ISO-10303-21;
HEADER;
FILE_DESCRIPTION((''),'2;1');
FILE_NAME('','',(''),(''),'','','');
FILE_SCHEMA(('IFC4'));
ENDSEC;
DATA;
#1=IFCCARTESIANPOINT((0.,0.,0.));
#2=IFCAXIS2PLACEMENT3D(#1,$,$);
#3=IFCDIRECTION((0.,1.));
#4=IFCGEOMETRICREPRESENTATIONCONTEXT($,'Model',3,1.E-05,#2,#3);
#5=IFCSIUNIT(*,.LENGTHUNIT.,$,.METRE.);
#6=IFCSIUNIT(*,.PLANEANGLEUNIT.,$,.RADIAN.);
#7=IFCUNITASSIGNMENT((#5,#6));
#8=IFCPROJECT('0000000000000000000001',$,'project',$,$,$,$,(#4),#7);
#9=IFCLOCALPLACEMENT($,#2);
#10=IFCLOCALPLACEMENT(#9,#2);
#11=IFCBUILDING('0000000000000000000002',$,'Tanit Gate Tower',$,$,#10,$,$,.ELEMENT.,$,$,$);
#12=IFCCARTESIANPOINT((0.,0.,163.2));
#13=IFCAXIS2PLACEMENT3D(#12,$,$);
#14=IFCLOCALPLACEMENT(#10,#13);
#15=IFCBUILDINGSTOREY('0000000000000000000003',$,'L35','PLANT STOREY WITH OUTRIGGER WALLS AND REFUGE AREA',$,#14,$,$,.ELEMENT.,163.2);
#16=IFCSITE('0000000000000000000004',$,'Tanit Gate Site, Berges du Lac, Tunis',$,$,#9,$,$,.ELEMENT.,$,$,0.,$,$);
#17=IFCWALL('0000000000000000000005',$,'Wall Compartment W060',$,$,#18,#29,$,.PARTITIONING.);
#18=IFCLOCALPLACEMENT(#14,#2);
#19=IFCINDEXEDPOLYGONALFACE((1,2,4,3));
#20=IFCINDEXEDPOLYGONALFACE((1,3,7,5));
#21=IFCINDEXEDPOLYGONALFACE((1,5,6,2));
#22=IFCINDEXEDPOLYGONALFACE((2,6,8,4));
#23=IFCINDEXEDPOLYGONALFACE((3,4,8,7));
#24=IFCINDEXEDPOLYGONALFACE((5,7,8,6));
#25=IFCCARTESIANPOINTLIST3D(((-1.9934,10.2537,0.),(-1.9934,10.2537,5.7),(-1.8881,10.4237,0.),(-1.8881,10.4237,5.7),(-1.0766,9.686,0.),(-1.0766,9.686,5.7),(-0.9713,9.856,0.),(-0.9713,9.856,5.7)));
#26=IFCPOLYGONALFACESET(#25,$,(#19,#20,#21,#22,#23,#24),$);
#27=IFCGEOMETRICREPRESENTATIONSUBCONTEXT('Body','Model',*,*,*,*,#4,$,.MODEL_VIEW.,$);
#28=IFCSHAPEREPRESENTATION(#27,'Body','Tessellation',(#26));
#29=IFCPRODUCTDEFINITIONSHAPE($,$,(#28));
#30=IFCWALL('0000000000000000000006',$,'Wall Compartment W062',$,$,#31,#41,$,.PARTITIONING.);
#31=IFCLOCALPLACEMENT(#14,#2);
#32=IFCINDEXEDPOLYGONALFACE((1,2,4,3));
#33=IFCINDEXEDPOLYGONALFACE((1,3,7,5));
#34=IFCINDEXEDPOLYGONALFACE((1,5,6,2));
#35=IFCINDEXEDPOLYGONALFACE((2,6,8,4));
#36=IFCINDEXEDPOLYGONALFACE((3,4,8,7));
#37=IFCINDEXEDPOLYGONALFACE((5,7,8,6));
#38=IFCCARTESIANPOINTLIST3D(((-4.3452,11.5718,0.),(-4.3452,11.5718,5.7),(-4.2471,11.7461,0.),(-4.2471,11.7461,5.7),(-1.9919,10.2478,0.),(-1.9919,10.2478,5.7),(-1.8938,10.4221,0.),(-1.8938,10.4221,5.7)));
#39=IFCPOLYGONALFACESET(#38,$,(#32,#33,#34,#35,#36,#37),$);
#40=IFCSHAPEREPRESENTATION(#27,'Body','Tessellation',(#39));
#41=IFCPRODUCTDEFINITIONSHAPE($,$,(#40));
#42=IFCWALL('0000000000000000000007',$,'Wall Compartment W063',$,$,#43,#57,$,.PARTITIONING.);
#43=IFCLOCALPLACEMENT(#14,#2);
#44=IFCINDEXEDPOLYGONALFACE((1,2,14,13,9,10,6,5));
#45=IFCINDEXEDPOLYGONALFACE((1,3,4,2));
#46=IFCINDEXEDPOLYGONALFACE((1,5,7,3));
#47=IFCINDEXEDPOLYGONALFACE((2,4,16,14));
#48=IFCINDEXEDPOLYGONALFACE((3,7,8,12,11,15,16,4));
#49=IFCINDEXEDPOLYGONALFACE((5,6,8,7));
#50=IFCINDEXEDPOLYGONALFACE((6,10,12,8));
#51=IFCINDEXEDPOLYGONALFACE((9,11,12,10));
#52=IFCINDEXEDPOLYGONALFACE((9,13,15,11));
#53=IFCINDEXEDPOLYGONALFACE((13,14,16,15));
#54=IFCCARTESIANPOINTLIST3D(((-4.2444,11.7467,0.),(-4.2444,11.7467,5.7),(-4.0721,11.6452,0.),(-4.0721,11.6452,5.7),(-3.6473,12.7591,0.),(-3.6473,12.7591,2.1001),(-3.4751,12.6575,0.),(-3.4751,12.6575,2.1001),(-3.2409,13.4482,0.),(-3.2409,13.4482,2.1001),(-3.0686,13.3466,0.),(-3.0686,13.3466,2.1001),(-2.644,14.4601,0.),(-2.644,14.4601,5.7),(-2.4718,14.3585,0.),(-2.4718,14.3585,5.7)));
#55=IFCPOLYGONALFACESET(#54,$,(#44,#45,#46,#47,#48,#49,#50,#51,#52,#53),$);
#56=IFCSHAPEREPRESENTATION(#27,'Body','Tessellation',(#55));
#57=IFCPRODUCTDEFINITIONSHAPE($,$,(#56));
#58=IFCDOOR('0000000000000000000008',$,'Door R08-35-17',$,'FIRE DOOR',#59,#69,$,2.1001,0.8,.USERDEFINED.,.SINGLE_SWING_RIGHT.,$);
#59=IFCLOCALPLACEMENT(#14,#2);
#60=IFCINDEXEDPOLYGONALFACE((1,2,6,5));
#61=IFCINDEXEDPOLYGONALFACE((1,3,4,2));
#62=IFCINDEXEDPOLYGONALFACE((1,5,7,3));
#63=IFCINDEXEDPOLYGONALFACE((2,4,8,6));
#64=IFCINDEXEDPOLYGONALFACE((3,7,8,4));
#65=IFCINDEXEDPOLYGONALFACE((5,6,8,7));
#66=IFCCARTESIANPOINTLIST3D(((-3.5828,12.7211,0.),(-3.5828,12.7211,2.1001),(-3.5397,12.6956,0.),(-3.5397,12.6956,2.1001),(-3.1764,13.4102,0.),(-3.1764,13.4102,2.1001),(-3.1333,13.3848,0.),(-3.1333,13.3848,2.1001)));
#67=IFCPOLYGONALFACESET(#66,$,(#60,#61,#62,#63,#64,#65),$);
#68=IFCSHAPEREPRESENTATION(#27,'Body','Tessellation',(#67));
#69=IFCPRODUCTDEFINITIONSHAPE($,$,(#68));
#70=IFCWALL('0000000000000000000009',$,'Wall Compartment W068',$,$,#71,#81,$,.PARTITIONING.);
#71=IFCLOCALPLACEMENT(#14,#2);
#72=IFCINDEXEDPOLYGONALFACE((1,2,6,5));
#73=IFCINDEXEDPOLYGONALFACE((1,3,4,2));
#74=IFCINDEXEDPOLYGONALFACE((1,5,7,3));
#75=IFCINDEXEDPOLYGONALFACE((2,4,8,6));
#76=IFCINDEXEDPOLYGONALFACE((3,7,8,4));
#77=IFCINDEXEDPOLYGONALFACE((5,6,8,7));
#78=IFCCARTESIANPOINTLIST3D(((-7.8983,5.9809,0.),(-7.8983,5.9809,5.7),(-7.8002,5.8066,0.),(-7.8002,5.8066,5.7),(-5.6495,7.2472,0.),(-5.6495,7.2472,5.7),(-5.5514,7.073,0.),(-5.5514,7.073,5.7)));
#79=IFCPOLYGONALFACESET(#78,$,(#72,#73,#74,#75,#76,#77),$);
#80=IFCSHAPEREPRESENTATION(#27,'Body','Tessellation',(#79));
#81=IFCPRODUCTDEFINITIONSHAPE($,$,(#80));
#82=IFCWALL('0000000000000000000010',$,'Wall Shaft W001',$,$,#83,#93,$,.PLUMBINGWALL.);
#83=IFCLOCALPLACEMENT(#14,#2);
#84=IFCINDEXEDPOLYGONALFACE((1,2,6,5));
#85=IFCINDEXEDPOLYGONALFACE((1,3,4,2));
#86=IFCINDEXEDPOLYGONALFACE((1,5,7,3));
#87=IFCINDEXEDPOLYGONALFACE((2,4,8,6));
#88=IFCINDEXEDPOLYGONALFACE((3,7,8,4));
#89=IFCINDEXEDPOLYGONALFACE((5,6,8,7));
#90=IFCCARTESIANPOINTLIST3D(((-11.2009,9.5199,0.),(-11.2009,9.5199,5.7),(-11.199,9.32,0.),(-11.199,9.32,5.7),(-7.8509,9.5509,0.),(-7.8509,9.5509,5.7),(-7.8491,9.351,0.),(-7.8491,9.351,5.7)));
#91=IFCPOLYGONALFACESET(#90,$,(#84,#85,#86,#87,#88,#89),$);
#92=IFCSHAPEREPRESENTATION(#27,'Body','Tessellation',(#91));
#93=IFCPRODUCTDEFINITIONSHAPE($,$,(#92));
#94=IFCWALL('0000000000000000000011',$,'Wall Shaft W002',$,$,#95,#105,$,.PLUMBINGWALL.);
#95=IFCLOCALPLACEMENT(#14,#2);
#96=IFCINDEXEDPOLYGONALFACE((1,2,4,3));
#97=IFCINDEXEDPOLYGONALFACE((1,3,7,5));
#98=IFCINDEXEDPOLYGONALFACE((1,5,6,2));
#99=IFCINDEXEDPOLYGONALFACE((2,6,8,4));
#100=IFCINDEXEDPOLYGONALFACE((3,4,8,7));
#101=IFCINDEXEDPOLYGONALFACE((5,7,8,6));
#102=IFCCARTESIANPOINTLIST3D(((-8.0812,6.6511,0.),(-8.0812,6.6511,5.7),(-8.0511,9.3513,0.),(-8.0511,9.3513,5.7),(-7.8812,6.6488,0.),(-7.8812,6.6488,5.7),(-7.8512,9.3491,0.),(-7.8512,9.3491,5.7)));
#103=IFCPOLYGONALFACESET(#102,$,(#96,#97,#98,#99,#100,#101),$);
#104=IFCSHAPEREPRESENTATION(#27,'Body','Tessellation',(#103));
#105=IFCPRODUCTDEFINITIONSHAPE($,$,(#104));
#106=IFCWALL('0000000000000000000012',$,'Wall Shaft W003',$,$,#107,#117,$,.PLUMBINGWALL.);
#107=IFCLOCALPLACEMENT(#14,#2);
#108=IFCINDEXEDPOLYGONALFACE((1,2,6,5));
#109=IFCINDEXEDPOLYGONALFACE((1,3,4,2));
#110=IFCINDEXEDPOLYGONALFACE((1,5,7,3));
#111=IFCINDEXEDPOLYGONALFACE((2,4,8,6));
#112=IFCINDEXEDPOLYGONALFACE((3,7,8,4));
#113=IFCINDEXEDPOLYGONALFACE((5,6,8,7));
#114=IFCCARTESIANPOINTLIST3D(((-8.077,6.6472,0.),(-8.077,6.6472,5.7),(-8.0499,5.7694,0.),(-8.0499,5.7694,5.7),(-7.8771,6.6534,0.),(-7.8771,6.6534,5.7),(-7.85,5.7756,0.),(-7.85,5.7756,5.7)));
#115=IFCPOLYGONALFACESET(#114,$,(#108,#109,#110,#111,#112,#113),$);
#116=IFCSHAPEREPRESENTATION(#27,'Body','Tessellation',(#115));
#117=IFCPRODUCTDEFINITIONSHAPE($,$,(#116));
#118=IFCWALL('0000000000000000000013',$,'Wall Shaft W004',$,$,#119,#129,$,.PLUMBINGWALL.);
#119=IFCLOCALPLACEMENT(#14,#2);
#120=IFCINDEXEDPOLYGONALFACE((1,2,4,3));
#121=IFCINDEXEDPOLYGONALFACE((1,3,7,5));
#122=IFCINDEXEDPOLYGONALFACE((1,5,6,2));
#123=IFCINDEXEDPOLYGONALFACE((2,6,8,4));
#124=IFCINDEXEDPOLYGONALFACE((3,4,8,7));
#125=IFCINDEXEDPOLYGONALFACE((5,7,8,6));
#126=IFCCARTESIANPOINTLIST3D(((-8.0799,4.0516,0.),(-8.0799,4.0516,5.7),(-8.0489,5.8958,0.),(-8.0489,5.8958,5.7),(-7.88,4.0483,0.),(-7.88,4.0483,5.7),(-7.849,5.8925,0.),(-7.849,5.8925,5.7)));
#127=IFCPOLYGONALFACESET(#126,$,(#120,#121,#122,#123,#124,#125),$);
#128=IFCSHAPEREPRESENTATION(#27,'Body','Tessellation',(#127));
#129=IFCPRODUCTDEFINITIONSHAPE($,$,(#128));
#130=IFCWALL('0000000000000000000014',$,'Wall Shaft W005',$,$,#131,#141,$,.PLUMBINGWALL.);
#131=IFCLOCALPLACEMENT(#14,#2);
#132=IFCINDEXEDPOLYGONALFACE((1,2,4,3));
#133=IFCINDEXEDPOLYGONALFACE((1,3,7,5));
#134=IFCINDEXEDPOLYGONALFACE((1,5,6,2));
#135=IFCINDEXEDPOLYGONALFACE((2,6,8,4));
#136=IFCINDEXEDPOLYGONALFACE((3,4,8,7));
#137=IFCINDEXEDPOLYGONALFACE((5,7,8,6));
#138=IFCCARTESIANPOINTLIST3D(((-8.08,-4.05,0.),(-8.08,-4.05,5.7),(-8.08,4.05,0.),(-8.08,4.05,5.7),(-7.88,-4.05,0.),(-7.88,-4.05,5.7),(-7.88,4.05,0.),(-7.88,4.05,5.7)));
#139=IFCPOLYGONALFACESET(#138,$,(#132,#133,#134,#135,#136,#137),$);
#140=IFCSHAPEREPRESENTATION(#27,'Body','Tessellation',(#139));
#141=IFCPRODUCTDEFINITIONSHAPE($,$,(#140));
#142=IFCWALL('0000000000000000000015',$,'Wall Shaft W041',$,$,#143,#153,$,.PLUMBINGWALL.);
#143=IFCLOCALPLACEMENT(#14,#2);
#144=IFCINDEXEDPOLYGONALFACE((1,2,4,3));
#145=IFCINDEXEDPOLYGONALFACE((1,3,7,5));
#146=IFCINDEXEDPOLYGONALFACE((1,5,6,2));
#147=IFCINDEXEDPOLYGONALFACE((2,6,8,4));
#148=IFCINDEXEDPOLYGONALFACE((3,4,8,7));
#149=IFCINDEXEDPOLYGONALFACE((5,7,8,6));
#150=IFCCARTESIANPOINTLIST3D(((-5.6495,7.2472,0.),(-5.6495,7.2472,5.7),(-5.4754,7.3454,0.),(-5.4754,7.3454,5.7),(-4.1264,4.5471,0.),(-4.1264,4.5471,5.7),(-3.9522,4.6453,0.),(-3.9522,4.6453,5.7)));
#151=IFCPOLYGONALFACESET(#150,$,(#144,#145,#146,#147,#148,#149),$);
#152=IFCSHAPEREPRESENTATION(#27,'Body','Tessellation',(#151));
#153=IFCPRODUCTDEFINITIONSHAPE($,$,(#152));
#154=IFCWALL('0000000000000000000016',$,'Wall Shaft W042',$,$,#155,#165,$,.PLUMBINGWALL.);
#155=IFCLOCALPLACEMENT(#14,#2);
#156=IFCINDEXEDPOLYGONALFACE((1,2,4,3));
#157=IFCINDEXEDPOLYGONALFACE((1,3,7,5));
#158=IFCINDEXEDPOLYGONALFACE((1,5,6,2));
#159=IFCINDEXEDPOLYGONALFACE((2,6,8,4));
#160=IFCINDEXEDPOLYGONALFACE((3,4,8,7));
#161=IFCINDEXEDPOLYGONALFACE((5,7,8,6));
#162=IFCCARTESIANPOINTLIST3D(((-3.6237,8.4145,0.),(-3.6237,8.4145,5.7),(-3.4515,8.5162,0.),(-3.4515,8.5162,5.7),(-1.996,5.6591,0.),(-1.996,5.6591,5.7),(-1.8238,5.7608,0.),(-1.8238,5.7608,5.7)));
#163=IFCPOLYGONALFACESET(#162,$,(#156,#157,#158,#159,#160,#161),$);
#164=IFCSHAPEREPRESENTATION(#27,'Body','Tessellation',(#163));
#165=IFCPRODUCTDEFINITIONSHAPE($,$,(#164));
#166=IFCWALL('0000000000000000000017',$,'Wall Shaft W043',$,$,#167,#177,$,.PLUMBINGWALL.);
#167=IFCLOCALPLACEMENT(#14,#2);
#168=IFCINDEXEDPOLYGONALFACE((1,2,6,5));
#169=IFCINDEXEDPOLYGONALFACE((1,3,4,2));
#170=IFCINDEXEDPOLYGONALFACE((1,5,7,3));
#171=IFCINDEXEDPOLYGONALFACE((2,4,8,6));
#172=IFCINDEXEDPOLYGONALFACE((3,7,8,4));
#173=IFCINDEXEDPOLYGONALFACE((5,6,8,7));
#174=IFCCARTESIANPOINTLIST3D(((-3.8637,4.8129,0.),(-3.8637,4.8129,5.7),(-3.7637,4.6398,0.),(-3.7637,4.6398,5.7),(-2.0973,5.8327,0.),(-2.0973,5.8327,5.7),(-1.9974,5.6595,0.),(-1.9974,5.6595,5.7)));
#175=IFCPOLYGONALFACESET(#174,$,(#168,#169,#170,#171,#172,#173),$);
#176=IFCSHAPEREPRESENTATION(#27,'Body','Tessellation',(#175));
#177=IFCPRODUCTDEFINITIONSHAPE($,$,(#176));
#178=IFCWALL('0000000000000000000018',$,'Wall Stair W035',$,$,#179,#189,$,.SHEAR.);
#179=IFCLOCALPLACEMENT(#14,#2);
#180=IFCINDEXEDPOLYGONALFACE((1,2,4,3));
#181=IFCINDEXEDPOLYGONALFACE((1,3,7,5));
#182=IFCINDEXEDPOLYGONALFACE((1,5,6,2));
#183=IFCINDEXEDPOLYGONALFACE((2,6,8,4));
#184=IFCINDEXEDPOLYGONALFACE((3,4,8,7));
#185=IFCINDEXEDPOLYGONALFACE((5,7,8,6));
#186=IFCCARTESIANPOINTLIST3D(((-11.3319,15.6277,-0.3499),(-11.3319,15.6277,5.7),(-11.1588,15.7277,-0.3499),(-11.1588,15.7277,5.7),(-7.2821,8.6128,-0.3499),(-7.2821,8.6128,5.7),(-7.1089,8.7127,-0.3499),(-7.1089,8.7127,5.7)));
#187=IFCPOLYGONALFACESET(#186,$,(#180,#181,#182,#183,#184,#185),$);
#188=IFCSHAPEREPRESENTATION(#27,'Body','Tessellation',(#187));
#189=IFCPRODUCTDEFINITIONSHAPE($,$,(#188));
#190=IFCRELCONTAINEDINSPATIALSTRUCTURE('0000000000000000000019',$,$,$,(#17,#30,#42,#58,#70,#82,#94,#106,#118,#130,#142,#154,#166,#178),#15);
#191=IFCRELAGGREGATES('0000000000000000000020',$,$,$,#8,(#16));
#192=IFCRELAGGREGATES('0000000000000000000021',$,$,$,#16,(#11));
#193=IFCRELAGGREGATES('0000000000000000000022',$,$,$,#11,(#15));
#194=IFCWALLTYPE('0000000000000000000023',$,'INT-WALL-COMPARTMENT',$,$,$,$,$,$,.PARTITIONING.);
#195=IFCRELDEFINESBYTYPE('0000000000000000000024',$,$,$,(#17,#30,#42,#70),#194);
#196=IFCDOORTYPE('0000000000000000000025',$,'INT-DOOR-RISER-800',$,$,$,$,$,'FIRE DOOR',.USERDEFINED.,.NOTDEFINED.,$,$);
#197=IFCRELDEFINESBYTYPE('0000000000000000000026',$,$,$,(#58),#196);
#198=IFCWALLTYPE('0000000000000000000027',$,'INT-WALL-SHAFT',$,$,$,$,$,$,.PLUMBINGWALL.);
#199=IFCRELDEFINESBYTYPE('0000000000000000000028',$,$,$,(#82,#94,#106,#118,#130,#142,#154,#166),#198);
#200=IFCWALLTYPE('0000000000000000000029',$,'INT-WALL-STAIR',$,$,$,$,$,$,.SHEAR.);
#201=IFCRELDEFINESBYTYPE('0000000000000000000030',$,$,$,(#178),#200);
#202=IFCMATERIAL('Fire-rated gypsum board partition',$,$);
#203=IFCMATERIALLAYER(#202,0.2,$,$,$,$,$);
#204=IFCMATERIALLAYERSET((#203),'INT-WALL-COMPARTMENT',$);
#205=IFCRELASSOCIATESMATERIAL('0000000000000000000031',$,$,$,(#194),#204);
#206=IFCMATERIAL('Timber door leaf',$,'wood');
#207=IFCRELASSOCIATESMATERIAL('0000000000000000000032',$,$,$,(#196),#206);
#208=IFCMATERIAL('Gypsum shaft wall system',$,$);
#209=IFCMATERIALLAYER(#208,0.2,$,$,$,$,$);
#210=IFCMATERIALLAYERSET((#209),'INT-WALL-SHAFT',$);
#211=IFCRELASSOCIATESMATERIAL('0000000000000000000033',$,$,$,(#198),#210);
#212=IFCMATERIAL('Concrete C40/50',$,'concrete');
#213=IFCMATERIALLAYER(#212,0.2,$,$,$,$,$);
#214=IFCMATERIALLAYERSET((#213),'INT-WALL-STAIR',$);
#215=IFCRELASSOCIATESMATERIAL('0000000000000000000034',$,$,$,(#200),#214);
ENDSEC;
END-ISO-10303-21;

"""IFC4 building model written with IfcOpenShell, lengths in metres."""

from ifc_helpers import new_model, si_unit, direction, frame, frame_2d, origin, place, context, subcontext, project, spatial, rectangle, extrude, material, layer, layer_set, type_object, element, fill, save


model = new_model("IFC4")

# Units and contexts
model_context = context("Model", 3, precision=1e-05, world=origin(), true_north=direction((0.0, 1.0)))
body_context = subcontext(model_context, "Body", "Model", "MODEL_VIEW")
ifc_project = project(units=[si_unit("LENGTHUNIT", "METRE"), si_unit("PLANEANGLEUNIT", "RADIAN")], contexts=[model_context])

# Site, building, storey
site_placement = place(None, origin())
site = spatial("IfcSite", under=ifc_project, at=site_placement, Name="Tanit Gate Site, Berges du Lac, Tunis", CompositionType="ELEMENT", RefElevation=0.0)
building_placement = place(site_placement, origin())
building = spatial("IfcBuilding", under=site, at=building_placement, Name="Tanit Gate Tower", CompositionType="ELEMENT")
storey_placement = place(building_placement, frame((0.0, 0.0, 163.2)))
storey = spatial("IfcBuildingStorey", under=building, at=storey_placement, Name="L35", Description="PLANT STOREY WITH OUTRIGGER WALLS AND REFUGE AREA", CompositionType="ELEMENT", Elevation=163.2)

# Walls
ifc_material_1 = material(Name="Fire-rated gypsum board partition")
ifc_layer_1 = layer(ifc_material_1, 0.2)
ifc_layer_set_1 = layer_set([ifc_layer_1], Name="INT-WALL-COMPARTMENT")
wall_type_1 = type_object("IfcWallType", Name="INT-WALL-COMPARTMENT", PredefinedType="PARTITIONING", material=ifc_layer_set_1)
wall_1_placement = place(storey_placement, frame((-1.9407, 10.3386, 0.0), z_axis=(0.0, 0.0, 1.0), x_axis=(0.850217, -0.526433, 0.0)))
element("IfcWall", 1, at=wall_1_placement, inside=storey, type_object=wall_type_1, Name="Wall Compartment W060", PredefinedType="PARTITIONING", context=body_context, shape_type="SweptSolid", body=[
    extrude(rectangle(XDim=1.0784, YDim=0.2, at=frame_2d((0.5391, 0.0))), origin(), (0.0, 0.0, 1.0), 5.7),
])
wall_2_placement = place(storey_placement, frame((-4.2961, 11.6589, 0.0), z_axis=(0.0, 0.0, 1.0), x_axis=(0.871534, -0.490334, 0.0)))
element("IfcWall", 2, at=wall_2_placement, inside=storey, type_object=wall_type_1, Name="Wall Compartment W062", PredefinedType="PARTITIONING", context=body_context, shape_type="SweptSolid", body=[
    extrude(rectangle(XDim=2.7002, YDim=0.2, at=frame_2d((1.3501, 0.0))), origin(), (0.0, 0.0, 1.0), 5.7),
])

# Wall, opening, door
wall_3_placement = place(storey_placement, frame((-2.5579, 14.4094, 0.0), z_axis=(0.0, 0.0, 1.0), x_axis=(-0.508019, -0.861346, 0.0)))
wall_3 = element("IfcWall", 3, at=wall_3_placement, inside=storey, type_object=wall_type_1, Name="Wall Compartment W063", PredefinedType="PARTITIONING", context=body_context, shape_type="SweptSolid", body=[
    extrude(rectangle(XDim=3.1501, YDim=0.2, at=frame_2d((1.5752, 0.0))), origin(), (0.0, 0.0, 1.0), 5.7),
])
opening_1_placement = place(wall_3_placement, frame((1.175, 0.0, 0.0)))
opening_1 = element("IfcOpeningElement", 4, at=opening_1_placement, cuts=wall_3, PredefinedType="OPENING", context=body_context, shape_type="SweptSolid", body=[
    extrude(rectangle(XDim=0.8, YDim=2.1001, at=frame_2d((0.3999, 1.05))), frame((0.0, 0.1099, 0.0), z_axis=(0.0, -1.0, 0.0), x_axis=(1.0, 0.0, 0.0)), (0.0, 0.0, 1.0), 0.22),
])
ifc_material_2 = material(Name="Timber door leaf", Category="wood")
door_type_1 = type_object("IfcDoorType", Name="INT-DOOR-RISER-800", ElementType="FIRE DOOR", OperationType="NOTDEFINED", PredefinedType="USERDEFINED", material=ifc_material_2)
door_1_placement = place(opening_1_placement, origin())
door_1 = element("IfcDoor", 5, at=door_1_placement, inside=storey, type_object=door_type_1, Name="Door R08-35-17", ObjectType="FIRE DOOR", OperationType="SINGLE_SWING_RIGHT", OverallHeight=2.1001, OverallWidth=0.8, PredefinedType="USERDEFINED", context=body_context, shape_type="SweptSolid", body=[
    extrude(rectangle(XDim=0.8, YDim=2.1001, at=frame_2d((0.3999, 1.05))), frame((0.0, 0.0249, 0.0), z_axis=(0.0, -1.0, 0.0), x_axis=(1.0, 0.0, 0.0)), (0.0, 0.0, 1.0), 0.05),
])
fill(opening_1, door_1)

# Walls
wall_4_placement = place(storey_placement, frame((-5.6003, 7.1602, 0.0), z_axis=(0.0, 0.0, 1.0), x_axis=(-0.87134, -0.490679, 0.0)))
element("IfcWall", 6, at=wall_4_placement, inside=storey, type_object=wall_type_1, Name="Wall Compartment W068", PredefinedType="PARTITIONING", context=body_context, shape_type="SweptSolid", body=[
    extrude(rectangle(XDim=2.5808, YDim=0.2, at=frame_2d((1.2905, 0.0))), origin(), (0.0, 0.0, 1.0), 5.7),
])
ifc_material_3 = material(Name="Gypsum shaft wall system")
ifc_layer_2 = layer(ifc_material_3, 0.2)
ifc_layer_set_2 = layer_set([ifc_layer_2], Name="INT-WALL-SHAFT")
wall_type_2 = type_object("IfcWallType", Name="INT-WALL-SHAFT", PredefinedType="PLUMBINGWALL", material=ifc_layer_set_2)
wall_5_placement = place(storey_placement, frame((-11.2, 9.4199, 0.0), z_axis=(0.0, 0.0, 1.0), x_axis=(0.999957, 0.009255, 0.0)))
element("IfcWall", 7, at=wall_5_placement, inside=storey, type_object=wall_type_2, Name="Wall Shaft W001", PredefinedType="PLUMBINGWALL", context=body_context, shape_type="SweptSolid", body=[
    extrude(rectangle(XDim=3.3501, YDim=0.2, at=frame_2d((1.675, 0.0))), origin(), (0.0, 0.0, 1.0), 5.7),
])
wall_6_placement = place(storey_placement, frame((-7.9512, 9.3501, 0.0), z_axis=(0.0, 0.0, 1.0), x_axis=(-0.01112, -0.999938, 0.0)))
element("IfcWall", 8, at=wall_6_placement, inside=storey, type_object=wall_type_2, Name="Wall Shaft W002", PredefinedType="PLUMBINGWALL", context=body_context, shape_type="SweptSolid", body=[
    extrude(rectangle(XDim=2.7004, YDim=0.2, at=frame_2d((1.3501, 0.0))), origin(), (0.0, 0.0, 1.0), 5.7),
])
wall_7_placement = place(storey_placement, frame((-7.9771, 6.6501, 0.0), z_axis=(0.0, 0.0, 1.0), x_axis=(0.030862, -0.999524, 0.0)))
element("IfcWall", 9, at=wall_7_placement, inside=storey, type_object=wall_type_2, Name="Wall Shaft W003", PredefinedType="PLUMBINGWALL", context=body_context, shape_type="SweptSolid", body=[
    extrude(rectangle(XDim=0.8782, YDim=0.2, at=frame_2d((0.439, 0.0))), origin(), (0.0, 0.0, 1.0), 5.7),
])
wall_8_placement = place(storey_placement, frame((-7.949, 5.8943, 0.0), z_axis=(0.0, 0.0, 1.0), x_axis=(-0.01681, -0.999859, 0.0)))
element("IfcWall", 10, at=wall_8_placement, inside=storey, type_object=wall_type_2, Name="Wall Shaft W004", PredefinedType="PLUMBINGWALL", context=body_context, shape_type="SweptSolid", body=[
    extrude(rectangle(XDim=1.8445, YDim=0.2, at=frame_2d((0.9224, 0.0))), origin(), (0.0, 0.0, 1.0), 5.7),
])
wall_9_placement = place(storey_placement, frame((-7.98, 4.05, 0.0), z_axis=(0.0, 0.0, 1.0), x_axis=(0.0, -1.0, 0.0)))
element("IfcWall", 11, at=wall_9_placement, inside=storey, type_object=wall_type_2, Name="Wall Shaft W005", PredefinedType="PLUMBINGWALL", context=body_context, shape_type="SweptSolid", body=[
    extrude(rectangle(XDim=8.1001, YDim=0.2, at=frame_2d((4.05, 0.0))), origin(), (0.0, 0.0, 1.0), 5.7),
])

# Walls
wall_10_placement = place(storey_placement, frame((-4.0393, 4.5962, 0.0), z_axis=(0.0, 0.0, 1.0), x_axis=(-0.491323, 0.870978, 0.0)))
element("IfcWall", 12, at=wall_10_placement, inside=storey, type_object=wall_type_2, Name="Wall Shaft W041", PredefinedType="PLUMBINGWALL", context=body_context, shape_type="SweptSolid", body=[
    extrude(rectangle(XDim=3.1001, YDim=0.2, at=frame_2d((1.55, 0.0))), origin(), (0.0, 0.0, 1.0), 5.7),
])
wall_11_placement = place(storey_placement, frame((-3.5376, 8.4653, 0.0), z_axis=(0.0, 0.0, 1.0), x_axis=(0.508616, -0.860993, 0.0)))
element("IfcWall", 13, at=wall_11_placement, inside=storey, type_object=wall_type_2, Name="Wall Shaft W042", PredefinedType="PLUMBINGWALL", context=body_context, shape_type="SweptSolid", body=[
    extrude(rectangle(XDim=3.2002, YDim=0.2, at=frame_2d((1.6001, 0.0))), origin(), (0.0, 0.0, 1.0), 5.7),
])
wall_12_placement = place(storey_placement, frame((-2.0474, 5.7461, 0.0), z_axis=(0.0, 0.0, 1.0), x_axis=(-0.866032, -0.499988, 0.0)))
element("IfcWall", 14, at=wall_12_placement, inside=storey, type_object=wall_type_2, Name="Wall Shaft W043", PredefinedType="PLUMBINGWALL", context=body_context, shape_type="SweptSolid", body=[
    extrude(rectangle(XDim=2.0396, YDim=0.2, at=frame_2d((1.0198, 0.0))), origin(), (0.0, 0.0, 1.0), 5.7),
])
ifc_material_4 = material(Name="Concrete C40/50", Category="concrete")
ifc_layer_3 = layer(ifc_material_4, 0.2)
ifc_layer_set_3 = layer_set([ifc_layer_3], Name="INT-WALL-STAIR")
wall_type_3 = type_object("IfcWallType", Name="INT-WALL-STAIR", PredefinedType="SHEAR", material=ifc_layer_set_3)
wall_13_placement = place(storey_placement, frame((-11.2454, 15.6777, -0.3499), z_axis=(0.0, 0.0, 1.0), x_axis=(0.499977, -0.866039, 0.0)))
element("IfcWall", 15, at=wall_13_placement, inside=storey, type_object=wall_type_3, Name="Wall Stair W035", PredefinedType="SHEAR", context=body_context, shape_type="SweptSolid", body=[
    extrude(rectangle(XDim=8.1001, YDim=0.2, at=frame_2d((4.05, 0.0))), origin(), (0.0, 0.0, 1.0), 6.0498),
])

save(model, "model.ifc")
